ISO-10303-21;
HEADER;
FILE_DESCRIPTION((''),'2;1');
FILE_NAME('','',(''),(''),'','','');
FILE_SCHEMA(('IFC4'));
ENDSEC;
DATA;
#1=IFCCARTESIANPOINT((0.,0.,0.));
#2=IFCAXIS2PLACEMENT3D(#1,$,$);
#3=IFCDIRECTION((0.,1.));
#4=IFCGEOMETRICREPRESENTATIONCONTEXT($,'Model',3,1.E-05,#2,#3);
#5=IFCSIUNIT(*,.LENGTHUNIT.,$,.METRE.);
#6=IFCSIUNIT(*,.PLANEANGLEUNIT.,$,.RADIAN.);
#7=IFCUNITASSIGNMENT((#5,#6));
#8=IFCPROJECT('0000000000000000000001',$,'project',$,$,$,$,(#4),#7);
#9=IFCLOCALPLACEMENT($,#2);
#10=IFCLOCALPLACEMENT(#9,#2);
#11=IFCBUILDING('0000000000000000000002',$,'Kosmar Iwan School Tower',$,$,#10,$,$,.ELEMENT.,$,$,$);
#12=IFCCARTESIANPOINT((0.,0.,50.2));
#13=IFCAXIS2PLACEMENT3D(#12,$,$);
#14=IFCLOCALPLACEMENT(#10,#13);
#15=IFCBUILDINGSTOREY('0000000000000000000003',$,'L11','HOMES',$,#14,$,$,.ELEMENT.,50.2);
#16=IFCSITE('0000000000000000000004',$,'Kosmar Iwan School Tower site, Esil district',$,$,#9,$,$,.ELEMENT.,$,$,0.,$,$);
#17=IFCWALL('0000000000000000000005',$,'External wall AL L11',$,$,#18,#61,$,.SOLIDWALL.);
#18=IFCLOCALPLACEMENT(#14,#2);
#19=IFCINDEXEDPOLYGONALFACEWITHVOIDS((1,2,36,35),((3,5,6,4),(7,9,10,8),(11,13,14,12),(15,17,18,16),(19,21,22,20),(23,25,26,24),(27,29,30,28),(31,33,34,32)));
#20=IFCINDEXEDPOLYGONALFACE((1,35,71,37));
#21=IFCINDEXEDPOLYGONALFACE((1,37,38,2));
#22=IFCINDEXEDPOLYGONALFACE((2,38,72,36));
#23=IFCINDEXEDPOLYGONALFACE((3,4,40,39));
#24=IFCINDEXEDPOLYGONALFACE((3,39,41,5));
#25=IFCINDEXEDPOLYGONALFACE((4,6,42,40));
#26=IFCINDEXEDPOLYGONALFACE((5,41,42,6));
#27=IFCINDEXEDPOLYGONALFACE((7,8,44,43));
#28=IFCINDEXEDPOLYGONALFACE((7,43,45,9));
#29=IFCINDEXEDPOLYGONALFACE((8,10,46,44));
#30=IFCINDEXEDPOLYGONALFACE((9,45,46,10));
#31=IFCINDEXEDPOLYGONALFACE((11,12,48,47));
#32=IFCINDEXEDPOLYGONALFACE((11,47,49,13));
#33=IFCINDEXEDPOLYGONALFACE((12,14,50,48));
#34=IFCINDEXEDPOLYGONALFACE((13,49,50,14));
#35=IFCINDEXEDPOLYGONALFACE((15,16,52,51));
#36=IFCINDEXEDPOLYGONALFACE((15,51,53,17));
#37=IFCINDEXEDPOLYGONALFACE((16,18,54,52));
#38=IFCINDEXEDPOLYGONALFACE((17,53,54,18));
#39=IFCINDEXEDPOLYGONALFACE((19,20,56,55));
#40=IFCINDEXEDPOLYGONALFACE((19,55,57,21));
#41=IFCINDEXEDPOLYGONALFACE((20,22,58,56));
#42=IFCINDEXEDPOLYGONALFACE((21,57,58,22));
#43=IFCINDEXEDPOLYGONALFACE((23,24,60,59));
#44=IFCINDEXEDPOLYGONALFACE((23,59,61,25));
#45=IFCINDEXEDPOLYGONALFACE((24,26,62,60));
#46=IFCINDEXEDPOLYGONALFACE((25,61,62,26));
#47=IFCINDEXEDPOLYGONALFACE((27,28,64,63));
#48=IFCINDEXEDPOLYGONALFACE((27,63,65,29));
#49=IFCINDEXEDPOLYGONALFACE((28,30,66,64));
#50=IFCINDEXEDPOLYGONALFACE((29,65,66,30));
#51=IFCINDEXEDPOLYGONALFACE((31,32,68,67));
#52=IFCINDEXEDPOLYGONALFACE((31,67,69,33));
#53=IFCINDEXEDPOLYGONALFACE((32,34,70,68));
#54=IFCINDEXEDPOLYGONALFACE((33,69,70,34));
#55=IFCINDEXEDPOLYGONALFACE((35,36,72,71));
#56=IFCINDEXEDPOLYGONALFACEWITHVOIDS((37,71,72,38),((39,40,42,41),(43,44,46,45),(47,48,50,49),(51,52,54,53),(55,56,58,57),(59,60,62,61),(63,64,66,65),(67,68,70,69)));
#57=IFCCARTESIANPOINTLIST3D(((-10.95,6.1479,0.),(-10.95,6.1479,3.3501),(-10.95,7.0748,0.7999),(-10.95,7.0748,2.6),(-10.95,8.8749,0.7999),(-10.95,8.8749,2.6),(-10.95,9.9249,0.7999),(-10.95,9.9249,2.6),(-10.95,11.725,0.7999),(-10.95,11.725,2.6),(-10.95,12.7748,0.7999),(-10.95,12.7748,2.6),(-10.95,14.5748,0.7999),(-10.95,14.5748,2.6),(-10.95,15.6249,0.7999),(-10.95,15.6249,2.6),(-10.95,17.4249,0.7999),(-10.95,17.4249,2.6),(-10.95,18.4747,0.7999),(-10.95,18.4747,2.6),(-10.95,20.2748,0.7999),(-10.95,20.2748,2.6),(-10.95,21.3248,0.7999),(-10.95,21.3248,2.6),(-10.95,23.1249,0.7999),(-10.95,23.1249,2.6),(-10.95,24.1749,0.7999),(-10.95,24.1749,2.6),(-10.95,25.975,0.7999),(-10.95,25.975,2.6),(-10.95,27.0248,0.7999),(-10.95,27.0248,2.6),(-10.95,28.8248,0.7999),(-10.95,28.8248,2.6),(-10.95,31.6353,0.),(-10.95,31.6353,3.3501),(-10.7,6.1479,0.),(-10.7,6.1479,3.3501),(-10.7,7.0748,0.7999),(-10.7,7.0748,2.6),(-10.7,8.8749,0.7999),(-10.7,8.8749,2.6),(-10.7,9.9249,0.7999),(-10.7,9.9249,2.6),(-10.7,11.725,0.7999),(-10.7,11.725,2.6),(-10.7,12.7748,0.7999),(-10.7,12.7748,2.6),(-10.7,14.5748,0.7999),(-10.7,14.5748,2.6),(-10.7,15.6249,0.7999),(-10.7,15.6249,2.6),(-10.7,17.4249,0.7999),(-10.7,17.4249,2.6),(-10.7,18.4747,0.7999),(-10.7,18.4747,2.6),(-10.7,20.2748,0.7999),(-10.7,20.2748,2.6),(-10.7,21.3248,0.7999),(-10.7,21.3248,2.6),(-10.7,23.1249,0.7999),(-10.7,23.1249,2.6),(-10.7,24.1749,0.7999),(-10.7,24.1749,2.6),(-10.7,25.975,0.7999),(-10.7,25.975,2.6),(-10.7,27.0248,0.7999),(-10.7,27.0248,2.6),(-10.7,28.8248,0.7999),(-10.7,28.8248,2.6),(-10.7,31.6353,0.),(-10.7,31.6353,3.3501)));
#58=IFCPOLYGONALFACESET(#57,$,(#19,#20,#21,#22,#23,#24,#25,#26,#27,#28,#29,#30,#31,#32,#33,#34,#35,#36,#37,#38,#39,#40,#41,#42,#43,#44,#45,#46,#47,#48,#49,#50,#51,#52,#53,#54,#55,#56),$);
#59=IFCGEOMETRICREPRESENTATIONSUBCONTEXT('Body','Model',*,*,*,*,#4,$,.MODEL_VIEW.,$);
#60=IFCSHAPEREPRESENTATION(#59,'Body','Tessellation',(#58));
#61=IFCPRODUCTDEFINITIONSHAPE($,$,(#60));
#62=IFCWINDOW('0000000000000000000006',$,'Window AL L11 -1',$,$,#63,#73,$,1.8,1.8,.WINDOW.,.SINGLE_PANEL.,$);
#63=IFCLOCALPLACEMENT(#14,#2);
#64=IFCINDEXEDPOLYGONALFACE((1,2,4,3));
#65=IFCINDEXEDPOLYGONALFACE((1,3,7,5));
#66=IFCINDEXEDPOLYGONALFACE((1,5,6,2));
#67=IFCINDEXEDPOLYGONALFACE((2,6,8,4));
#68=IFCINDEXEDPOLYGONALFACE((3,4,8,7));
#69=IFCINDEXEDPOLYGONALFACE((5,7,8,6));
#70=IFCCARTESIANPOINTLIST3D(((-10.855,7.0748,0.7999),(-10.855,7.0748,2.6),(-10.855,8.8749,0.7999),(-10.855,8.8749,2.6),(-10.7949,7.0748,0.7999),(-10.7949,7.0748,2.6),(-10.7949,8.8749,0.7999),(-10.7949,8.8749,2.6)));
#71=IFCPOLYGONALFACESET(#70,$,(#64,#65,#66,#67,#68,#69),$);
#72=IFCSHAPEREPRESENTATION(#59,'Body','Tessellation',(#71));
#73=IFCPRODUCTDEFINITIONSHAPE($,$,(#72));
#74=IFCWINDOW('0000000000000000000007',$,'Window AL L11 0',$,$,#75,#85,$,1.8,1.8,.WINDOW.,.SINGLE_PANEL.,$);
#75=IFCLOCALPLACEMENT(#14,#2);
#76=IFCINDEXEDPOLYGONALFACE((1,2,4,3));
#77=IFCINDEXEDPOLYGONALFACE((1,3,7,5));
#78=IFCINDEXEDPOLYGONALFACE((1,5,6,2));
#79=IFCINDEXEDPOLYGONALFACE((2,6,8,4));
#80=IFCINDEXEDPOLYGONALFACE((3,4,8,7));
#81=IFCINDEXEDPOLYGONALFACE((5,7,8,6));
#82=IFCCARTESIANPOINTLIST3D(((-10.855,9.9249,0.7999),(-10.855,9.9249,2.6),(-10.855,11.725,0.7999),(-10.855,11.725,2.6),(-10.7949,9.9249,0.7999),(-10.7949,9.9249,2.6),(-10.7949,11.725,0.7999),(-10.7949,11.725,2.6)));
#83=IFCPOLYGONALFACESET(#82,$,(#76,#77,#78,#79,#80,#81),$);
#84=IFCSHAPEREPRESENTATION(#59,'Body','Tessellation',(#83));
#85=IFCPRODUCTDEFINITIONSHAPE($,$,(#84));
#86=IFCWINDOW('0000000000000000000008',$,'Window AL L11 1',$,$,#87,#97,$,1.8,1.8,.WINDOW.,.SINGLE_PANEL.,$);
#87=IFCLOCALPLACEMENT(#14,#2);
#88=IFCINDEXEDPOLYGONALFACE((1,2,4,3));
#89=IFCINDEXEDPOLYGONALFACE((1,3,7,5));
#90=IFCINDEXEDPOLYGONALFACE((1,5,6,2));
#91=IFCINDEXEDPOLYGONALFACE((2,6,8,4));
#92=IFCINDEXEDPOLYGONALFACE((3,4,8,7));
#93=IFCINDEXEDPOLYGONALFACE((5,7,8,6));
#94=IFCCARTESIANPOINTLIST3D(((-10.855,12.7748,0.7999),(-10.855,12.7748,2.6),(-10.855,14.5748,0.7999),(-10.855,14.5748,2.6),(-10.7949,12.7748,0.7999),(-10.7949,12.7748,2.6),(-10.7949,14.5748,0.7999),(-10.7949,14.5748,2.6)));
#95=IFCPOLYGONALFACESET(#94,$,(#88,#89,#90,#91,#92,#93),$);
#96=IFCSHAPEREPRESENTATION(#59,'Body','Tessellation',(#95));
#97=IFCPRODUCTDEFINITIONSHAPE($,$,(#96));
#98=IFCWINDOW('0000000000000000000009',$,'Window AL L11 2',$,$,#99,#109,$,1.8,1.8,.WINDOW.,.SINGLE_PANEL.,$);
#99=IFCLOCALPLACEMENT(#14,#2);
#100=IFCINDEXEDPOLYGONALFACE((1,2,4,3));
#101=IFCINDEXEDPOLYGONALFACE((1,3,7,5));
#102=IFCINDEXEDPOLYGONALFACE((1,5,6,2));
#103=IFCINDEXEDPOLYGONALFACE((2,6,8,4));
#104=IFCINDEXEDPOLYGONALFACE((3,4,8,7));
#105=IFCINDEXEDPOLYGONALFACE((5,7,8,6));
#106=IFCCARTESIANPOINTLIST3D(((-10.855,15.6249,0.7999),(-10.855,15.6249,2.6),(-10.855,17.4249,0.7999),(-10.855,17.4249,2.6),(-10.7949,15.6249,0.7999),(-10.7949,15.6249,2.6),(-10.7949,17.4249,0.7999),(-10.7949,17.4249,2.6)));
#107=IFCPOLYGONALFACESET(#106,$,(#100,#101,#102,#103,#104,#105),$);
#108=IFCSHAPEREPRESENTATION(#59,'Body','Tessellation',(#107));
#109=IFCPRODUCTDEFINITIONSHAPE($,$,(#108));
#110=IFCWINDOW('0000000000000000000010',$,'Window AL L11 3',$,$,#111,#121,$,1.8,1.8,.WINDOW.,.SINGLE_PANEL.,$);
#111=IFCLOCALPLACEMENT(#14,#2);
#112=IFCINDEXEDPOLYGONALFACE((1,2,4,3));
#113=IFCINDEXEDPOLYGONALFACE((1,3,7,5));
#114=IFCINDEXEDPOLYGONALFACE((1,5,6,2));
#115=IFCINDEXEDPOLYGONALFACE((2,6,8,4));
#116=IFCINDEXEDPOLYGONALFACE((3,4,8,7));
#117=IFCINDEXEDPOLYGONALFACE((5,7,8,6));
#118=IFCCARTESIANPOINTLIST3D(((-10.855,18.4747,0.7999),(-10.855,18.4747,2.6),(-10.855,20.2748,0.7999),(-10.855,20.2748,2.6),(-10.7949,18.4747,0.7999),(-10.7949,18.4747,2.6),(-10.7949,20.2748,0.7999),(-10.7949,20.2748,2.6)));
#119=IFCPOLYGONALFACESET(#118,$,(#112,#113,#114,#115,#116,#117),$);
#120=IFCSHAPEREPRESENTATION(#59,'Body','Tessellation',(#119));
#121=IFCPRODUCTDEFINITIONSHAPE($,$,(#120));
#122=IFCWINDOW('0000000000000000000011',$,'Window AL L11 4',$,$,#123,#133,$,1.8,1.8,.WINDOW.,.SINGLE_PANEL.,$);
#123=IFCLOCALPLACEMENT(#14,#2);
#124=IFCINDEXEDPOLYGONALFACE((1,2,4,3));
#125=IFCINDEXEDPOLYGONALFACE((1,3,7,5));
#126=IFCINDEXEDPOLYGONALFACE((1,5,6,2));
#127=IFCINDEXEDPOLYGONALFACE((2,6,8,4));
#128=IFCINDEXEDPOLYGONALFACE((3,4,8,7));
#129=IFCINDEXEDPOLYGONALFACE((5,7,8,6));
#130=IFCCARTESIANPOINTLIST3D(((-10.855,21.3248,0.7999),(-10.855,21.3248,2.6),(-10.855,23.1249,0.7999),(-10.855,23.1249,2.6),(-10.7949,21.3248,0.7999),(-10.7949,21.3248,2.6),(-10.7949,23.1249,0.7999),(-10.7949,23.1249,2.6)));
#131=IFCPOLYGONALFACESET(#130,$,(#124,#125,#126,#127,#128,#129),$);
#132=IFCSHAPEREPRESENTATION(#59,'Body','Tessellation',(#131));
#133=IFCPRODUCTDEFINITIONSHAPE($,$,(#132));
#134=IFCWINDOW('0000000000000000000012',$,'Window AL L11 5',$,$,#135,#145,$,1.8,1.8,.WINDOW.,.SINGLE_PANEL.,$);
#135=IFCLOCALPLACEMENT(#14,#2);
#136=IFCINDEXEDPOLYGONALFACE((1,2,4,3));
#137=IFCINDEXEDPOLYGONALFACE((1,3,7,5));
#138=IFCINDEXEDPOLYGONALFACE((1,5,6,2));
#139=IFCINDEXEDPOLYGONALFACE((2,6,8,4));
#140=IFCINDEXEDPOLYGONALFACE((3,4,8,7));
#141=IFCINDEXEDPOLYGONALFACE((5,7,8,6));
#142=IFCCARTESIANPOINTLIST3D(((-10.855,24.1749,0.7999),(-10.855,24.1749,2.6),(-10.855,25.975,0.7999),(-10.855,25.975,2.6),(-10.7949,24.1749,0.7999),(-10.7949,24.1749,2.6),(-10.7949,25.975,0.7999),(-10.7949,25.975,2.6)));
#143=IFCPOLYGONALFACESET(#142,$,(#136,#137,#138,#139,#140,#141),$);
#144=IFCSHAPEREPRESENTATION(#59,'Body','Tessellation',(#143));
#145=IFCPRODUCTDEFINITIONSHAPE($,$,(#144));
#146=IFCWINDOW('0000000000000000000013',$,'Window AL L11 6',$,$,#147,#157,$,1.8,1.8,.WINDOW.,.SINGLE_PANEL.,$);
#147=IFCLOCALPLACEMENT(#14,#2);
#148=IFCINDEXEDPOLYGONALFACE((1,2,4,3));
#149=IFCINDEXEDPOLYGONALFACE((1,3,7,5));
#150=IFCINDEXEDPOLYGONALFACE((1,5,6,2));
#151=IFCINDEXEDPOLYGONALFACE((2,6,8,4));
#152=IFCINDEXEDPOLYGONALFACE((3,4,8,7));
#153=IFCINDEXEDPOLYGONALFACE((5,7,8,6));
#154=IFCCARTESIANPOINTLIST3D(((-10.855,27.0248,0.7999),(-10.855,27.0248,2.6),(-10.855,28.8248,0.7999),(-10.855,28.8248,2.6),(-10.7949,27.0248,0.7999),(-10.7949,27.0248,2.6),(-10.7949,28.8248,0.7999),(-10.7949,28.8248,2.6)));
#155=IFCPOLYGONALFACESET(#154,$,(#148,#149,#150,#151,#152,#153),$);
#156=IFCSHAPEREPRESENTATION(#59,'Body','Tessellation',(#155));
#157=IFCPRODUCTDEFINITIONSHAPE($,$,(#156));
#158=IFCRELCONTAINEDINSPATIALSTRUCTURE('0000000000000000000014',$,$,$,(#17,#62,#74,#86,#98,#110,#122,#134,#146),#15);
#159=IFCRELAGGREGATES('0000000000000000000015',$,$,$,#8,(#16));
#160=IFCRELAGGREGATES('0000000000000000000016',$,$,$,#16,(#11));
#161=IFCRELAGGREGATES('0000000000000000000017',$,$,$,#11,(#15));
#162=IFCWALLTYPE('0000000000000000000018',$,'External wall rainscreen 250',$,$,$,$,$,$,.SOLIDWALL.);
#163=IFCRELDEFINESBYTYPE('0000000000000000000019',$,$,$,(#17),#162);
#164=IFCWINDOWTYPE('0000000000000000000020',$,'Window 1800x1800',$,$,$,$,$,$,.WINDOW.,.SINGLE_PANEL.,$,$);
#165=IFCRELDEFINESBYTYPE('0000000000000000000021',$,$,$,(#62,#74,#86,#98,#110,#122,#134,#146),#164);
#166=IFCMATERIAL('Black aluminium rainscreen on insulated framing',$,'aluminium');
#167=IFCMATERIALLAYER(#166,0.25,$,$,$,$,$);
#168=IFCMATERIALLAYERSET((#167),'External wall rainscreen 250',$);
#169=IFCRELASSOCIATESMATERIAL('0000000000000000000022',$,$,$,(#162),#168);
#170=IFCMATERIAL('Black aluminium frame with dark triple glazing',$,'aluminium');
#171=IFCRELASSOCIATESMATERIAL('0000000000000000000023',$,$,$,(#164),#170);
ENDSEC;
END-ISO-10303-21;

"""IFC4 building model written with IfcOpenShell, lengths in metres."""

from ifc_helpers import new_model, si_unit, direction, frame, frame_2d, origin, place, context, subcontext, project, spatial, rectangle, extrude, material, layer, layer_set, type_object, element, fill, save


model = new_model("IFC4")

# Units and contexts
model_context = context("Model", 3, precision=1e-05, world=origin(), true_north=direction((0.0, 1.0)))
body_context = subcontext(model_context, "Body", "Model", "MODEL_VIEW")
ifc_project = project(units=[si_unit("LENGTHUNIT", "METRE"), si_unit("PLANEANGLEUNIT", "RADIAN")], contexts=[model_context])

# Site, building, storey
site_placement = place(None, origin())
site = spatial("IfcSite", under=ifc_project, at=site_placement, Name="Kosmar Iwan School Tower site, Esil district", CompositionType="ELEMENT", RefElevation=0.0)
building_placement = place(site_placement, origin())
building = spatial("IfcBuilding", under=site, at=building_placement, Name="Kosmar Iwan School Tower", CompositionType="ELEMENT")
storey_placement = place(building_placement, frame((0.0, 0.0, 50.2)))
storey = spatial("IfcBuildingStorey", under=building, at=storey_placement, Name="L11", Description="HOMES", CompositionType="ELEMENT", Elevation=50.2)

# Wall, openings, windows
ifc_material_1 = material(Name="Black aluminium rainscreen on insulated framing", Category="aluminium")
ifc_layer = layer(ifc_material_1, 0.25)
ifc_layer_set = layer_set([ifc_layer], Name="External wall rainscreen 250")
wall_type = type_object("IfcWallType", Name="External wall rainscreen 250", PredefinedType="SOLIDWALL", material=ifc_layer_set)
wall_1_placement = place(storey_placement, frame((-10.825, 6.1479, 0.0), z_axis=(0.0, 0.0, 1.0), x_axis=(0.0, 1.0, 0.0)))
wall_1 = element("IfcWall", 1, at=wall_1_placement, inside=storey, type_object=wall_type, Name="External wall AL L11", PredefinedType="SOLIDWALL", context=body_context, shape_type="SweptSolid", body=[
    extrude(rectangle(XDim=25.4873, YDim=0.25, at=frame_2d((12.7437, 0.0))), origin(), (0.0, 0.0, 1.0), 3.3501),
])
opening_1_placement = place(wall_1_placement, frame((0.927, 0.0, 0.8)))
opening_1 = element("IfcOpeningElement", 2, at=opening_1_placement, cuts=wall_1, PredefinedType="OPENING", context=body_context, shape_type="SweptSolid", body=[
    extrude(rectangle(XDim=1.8, YDim=1.8, at=frame_2d((0.8999, 0.8999))), frame((0.0, 0.137, 0.0), z_axis=(0.0, -1.0, 0.0), x_axis=(1.0, 0.0, 0.0)), (0.0, 0.0, 1.0), 0.2739),
])
opening_2_placement = place(wall_1_placement, frame((3.7771, 0.0, 0.8)))
opening_2 = element("IfcOpeningElement", 3, at=opening_2_placement, cuts=wall_1, PredefinedType="OPENING", context=body_context, shape_type="SweptSolid", body=[
    extrude(rectangle(XDim=1.8, YDim=1.8, at=frame_2d((0.8999, 0.8999))), frame((0.0, 0.137, 0.0), z_axis=(0.0, -1.0, 0.0), x_axis=(1.0, 0.0, 0.0)), (0.0, 0.0, 1.0), 0.2739),
])
opening_3_placement = place(wall_1_placement, frame((6.627, 0.0, 0.8)))
opening_3 = element("IfcOpeningElement", 4, at=opening_3_placement, cuts=wall_1, PredefinedType="OPENING", context=body_context, shape_type="SweptSolid", body=[
    extrude(rectangle(XDim=1.8, YDim=1.8, at=frame_2d((0.8999, 0.8999))), frame((0.0, 0.137, 0.0), z_axis=(0.0, -1.0, 0.0), x_axis=(1.0, 0.0, 0.0)), (0.0, 0.0, 1.0), 0.2739),
])
opening_4_placement = place(wall_1_placement, frame((9.4771, 0.0, 0.8)))
opening_4 = element("IfcOpeningElement", 5, at=opening_4_placement, cuts=wall_1, PredefinedType="OPENING", context=body_context, shape_type="SweptSolid", body=[
    extrude(rectangle(XDim=1.8, YDim=1.8, at=frame_2d((0.8999, 0.8999))), frame((0.0, 0.137, 0.0), z_axis=(0.0, -1.0, 0.0), x_axis=(1.0, 0.0, 0.0)), (0.0, 0.0, 1.0), 0.2739),
])
opening_5_placement = place(wall_1_placement, frame((12.3269, 0.0, 0.8)))
opening_5 = element("IfcOpeningElement", 6, at=opening_5_placement, cuts=wall_1, PredefinedType="OPENING", context=body_context, shape_type="SweptSolid", body=[
    extrude(rectangle(XDim=1.8, YDim=1.8, at=frame_2d((0.8999, 0.8999))), frame((0.0, 0.137, 0.0), z_axis=(0.0, -1.0, 0.0), x_axis=(1.0, 0.0, 0.0)), (0.0, 0.0, 1.0), 0.2739),
])
opening_6_placement = place(wall_1_placement, frame((15.177, 0.0, 0.8)))
opening_6 = element("IfcOpeningElement", 7, at=opening_6_placement, cuts=wall_1, PredefinedType="OPENING", context=body_context, shape_type="SweptSolid", body=[
    extrude(rectangle(XDim=1.8, YDim=1.8, at=frame_2d((0.8999, 0.8999))), frame((0.0, 0.137, 0.0), z_axis=(0.0, -1.0, 0.0), x_axis=(1.0, 0.0, 0.0)), (0.0, 0.0, 1.0), 0.2739),
])
opening_7_placement = place(wall_1_placement, frame((18.0271, 0.0, 0.8)))
opening_7 = element("IfcOpeningElement", 8, at=opening_7_placement, cuts=wall_1, PredefinedType="OPENING", context=body_context, shape_type="SweptSolid", body=[
    extrude(rectangle(XDim=1.8, YDim=1.8, at=frame_2d((0.8999, 0.8999))), frame((0.0, 0.137, 0.0), z_axis=(0.0, -1.0, 0.0), x_axis=(1.0, 0.0, 0.0)), (0.0, 0.0, 1.0), 0.2739),
])
opening_8_placement = place(wall_1_placement, frame((20.877, 0.0, 0.8)))
opening_8 = element("IfcOpeningElement", 9, at=opening_8_placement, cuts=wall_1, PredefinedType="OPENING", context=body_context, shape_type="SweptSolid", body=[
    extrude(rectangle(XDim=1.8, YDim=1.8, at=frame_2d((0.8999, 0.8999))), frame((0.0, 0.137, 0.0), z_axis=(0.0, -1.0, 0.0), x_axis=(1.0, 0.0, 0.0)), (0.0, 0.0, 1.0), 0.2739),
])
ifc_material_2 = material(Name="Black aluminium frame with dark triple glazing", Category="aluminium")
window_type = type_object("IfcWindowType", Name="Window 1800x1800", PartitioningType="SINGLE_PANEL", PredefinedType="WINDOW", material=ifc_material_2)
window_1_placement = place(opening_1_placement, origin())
window_1 = element("IfcWindow", 10, at=window_1_placement, inside=storey, type_object=window_type, Name="Window AL L11 -1", OverallHeight=1.8, OverallWidth=1.8, PartitioningType="SINGLE_PANEL", PredefinedType="WINDOW", context=body_context, shape_type="SweptSolid", body=[
    extrude(rectangle(XDim=1.8, YDim=1.8, at=frame_2d((0.8999, 0.8999))), frame((0.0, 0.03, 0.0), z_axis=(0.0, -1.0, 0.0), x_axis=(1.0, 0.0, 0.0)), (0.0, 0.0, 1.0), 0.0601),
])
fill(opening_1, window_1)
window_2_placement = place(opening_2_placement, origin())
window_2 = element("IfcWindow", 11, at=window_2_placement, inside=storey, type_object=window_type, Name="Window AL L11 0", OverallHeight=1.8, OverallWidth=1.8, PartitioningType="SINGLE_PANEL", PredefinedType="WINDOW", context=body_context, shape_type="SweptSolid", body=[
    extrude(rectangle(XDim=1.8, YDim=1.8, at=frame_2d((0.8999, 0.8999))), frame((0.0, 0.03, 0.0), z_axis=(0.0, -1.0, 0.0), x_axis=(1.0, 0.0, 0.0)), (0.0, 0.0, 1.0), 0.0601),
])
fill(opening_2, window_2)
window_3_placement = place(opening_3_placement, origin())
window_3 = element("IfcWindow", 12, at=window_3_placement, inside=storey, type_object=window_type, Name="Window AL L11 1", OverallHeight=1.8, OverallWidth=1.8, PartitioningType="SINGLE_PANEL", PredefinedType="WINDOW", context=body_context, shape_type="SweptSolid", body=[
    extrude(rectangle(XDim=1.8, YDim=1.8, at=frame_2d((0.8999, 0.8999))), frame((0.0, 0.03, 0.0), z_axis=(0.0, -1.0, 0.0), x_axis=(1.0, 0.0, 0.0)), (0.0, 0.0, 1.0), 0.0601),
])
fill(opening_3, window_3)
window_4_placement = place(opening_4_placement, origin())
window_4 = element("IfcWindow", 13, at=window_4_placement, inside=storey, type_object=window_type, Name="Window AL L11 2", OverallHeight=1.8, OverallWidth=1.8, PartitioningType="SINGLE_PANEL", PredefinedType="WINDOW", context=body_context, shape_type="SweptSolid", body=[
    extrude(rectangle(XDim=1.8, YDim=1.8, at=frame_2d((0.8999, 0.8999))), frame((0.0, 0.03, 0.0), z_axis=(0.0, -1.0, 0.0), x_axis=(1.0, 0.0, 0.0)), (0.0, 0.0, 1.0), 0.0601),
])
fill(opening_4, window_4)
window_5_placement = place(opening_5_placement, origin())
window_5 = element("IfcWindow", 14, at=window_5_placement, inside=storey, type_object=window_type, Name="Window AL L11 3", OverallHeight=1.8, OverallWidth=1.8, PartitioningType="SINGLE_PANEL", PredefinedType="WINDOW", context=body_context, shape_type="SweptSolid", body=[
    extrude(rectangle(XDim=1.8, YDim=1.8, at=frame_2d((0.8999, 0.8999))), frame((0.0, 0.03, 0.0), z_axis=(0.0, -1.0, 0.0), x_axis=(1.0, 0.0, 0.0)), (0.0, 0.0, 1.0), 0.0601),
])
fill(opening_5, window_5)
window_6_placement = place(opening_6_placement, origin())
window_6 = element("IfcWindow", 15, at=window_6_placement, inside=storey, type_object=window_type, Name="Window AL L11 4", OverallHeight=1.8, OverallWidth=1.8, PartitioningType="SINGLE_PANEL", PredefinedType="WINDOW", context=body_context, shape_type="SweptSolid", body=[
    extrude(rectangle(XDim=1.8, YDim=1.8, at=frame_2d((0.8999, 0.8999))), frame((0.0, 0.03, 0.0), z_axis=(0.0, -1.0, 0.0), x_axis=(1.0, 0.0, 0.0)), (0.0, 0.0, 1.0), 0.0601),
])
fill(opening_6, window_6)
window_7_placement = place(opening_7_placement, origin())
window_7 = element("IfcWindow", 16, at=window_7_placement, inside=storey, type_object=window_type, Name="Window AL L11 5", OverallHeight=1.8, OverallWidth=1.8, PartitioningType="SINGLE_PANEL", PredefinedType="WINDOW", context=body_context, shape_type="SweptSolid", body=[
    extrude(rectangle(XDim=1.8, YDim=1.8, at=frame_2d((0.8999, 0.8999))), frame((0.0, 0.03, 0.0), z_axis=(0.0, -1.0, 0.0), x_axis=(1.0, 0.0, 0.0)), (0.0, 0.0, 1.0), 0.0601),
])
fill(opening_7, window_7)
window_8_placement = place(opening_8_placement, origin())
window_8 = element("IfcWindow", 17, at=window_8_placement, inside=storey, type_object=window_type, Name="Window AL L11 6", OverallHeight=1.8, OverallWidth=1.8, PartitioningType="SINGLE_PANEL", PredefinedType="WINDOW", context=body_context, shape_type="SweptSolid", body=[
    extrude(rectangle(XDim=1.8, YDim=1.8, at=frame_2d((0.8999, 0.8999))), frame((0.0, 0.03, 0.0), z_axis=(0.0, -1.0, 0.0), x_axis=(1.0, 0.0, 0.0)), (0.0, 0.0, 1.0), 0.0601),
])
fill(opening_8, window_8)

save(model, "model.ifc")
